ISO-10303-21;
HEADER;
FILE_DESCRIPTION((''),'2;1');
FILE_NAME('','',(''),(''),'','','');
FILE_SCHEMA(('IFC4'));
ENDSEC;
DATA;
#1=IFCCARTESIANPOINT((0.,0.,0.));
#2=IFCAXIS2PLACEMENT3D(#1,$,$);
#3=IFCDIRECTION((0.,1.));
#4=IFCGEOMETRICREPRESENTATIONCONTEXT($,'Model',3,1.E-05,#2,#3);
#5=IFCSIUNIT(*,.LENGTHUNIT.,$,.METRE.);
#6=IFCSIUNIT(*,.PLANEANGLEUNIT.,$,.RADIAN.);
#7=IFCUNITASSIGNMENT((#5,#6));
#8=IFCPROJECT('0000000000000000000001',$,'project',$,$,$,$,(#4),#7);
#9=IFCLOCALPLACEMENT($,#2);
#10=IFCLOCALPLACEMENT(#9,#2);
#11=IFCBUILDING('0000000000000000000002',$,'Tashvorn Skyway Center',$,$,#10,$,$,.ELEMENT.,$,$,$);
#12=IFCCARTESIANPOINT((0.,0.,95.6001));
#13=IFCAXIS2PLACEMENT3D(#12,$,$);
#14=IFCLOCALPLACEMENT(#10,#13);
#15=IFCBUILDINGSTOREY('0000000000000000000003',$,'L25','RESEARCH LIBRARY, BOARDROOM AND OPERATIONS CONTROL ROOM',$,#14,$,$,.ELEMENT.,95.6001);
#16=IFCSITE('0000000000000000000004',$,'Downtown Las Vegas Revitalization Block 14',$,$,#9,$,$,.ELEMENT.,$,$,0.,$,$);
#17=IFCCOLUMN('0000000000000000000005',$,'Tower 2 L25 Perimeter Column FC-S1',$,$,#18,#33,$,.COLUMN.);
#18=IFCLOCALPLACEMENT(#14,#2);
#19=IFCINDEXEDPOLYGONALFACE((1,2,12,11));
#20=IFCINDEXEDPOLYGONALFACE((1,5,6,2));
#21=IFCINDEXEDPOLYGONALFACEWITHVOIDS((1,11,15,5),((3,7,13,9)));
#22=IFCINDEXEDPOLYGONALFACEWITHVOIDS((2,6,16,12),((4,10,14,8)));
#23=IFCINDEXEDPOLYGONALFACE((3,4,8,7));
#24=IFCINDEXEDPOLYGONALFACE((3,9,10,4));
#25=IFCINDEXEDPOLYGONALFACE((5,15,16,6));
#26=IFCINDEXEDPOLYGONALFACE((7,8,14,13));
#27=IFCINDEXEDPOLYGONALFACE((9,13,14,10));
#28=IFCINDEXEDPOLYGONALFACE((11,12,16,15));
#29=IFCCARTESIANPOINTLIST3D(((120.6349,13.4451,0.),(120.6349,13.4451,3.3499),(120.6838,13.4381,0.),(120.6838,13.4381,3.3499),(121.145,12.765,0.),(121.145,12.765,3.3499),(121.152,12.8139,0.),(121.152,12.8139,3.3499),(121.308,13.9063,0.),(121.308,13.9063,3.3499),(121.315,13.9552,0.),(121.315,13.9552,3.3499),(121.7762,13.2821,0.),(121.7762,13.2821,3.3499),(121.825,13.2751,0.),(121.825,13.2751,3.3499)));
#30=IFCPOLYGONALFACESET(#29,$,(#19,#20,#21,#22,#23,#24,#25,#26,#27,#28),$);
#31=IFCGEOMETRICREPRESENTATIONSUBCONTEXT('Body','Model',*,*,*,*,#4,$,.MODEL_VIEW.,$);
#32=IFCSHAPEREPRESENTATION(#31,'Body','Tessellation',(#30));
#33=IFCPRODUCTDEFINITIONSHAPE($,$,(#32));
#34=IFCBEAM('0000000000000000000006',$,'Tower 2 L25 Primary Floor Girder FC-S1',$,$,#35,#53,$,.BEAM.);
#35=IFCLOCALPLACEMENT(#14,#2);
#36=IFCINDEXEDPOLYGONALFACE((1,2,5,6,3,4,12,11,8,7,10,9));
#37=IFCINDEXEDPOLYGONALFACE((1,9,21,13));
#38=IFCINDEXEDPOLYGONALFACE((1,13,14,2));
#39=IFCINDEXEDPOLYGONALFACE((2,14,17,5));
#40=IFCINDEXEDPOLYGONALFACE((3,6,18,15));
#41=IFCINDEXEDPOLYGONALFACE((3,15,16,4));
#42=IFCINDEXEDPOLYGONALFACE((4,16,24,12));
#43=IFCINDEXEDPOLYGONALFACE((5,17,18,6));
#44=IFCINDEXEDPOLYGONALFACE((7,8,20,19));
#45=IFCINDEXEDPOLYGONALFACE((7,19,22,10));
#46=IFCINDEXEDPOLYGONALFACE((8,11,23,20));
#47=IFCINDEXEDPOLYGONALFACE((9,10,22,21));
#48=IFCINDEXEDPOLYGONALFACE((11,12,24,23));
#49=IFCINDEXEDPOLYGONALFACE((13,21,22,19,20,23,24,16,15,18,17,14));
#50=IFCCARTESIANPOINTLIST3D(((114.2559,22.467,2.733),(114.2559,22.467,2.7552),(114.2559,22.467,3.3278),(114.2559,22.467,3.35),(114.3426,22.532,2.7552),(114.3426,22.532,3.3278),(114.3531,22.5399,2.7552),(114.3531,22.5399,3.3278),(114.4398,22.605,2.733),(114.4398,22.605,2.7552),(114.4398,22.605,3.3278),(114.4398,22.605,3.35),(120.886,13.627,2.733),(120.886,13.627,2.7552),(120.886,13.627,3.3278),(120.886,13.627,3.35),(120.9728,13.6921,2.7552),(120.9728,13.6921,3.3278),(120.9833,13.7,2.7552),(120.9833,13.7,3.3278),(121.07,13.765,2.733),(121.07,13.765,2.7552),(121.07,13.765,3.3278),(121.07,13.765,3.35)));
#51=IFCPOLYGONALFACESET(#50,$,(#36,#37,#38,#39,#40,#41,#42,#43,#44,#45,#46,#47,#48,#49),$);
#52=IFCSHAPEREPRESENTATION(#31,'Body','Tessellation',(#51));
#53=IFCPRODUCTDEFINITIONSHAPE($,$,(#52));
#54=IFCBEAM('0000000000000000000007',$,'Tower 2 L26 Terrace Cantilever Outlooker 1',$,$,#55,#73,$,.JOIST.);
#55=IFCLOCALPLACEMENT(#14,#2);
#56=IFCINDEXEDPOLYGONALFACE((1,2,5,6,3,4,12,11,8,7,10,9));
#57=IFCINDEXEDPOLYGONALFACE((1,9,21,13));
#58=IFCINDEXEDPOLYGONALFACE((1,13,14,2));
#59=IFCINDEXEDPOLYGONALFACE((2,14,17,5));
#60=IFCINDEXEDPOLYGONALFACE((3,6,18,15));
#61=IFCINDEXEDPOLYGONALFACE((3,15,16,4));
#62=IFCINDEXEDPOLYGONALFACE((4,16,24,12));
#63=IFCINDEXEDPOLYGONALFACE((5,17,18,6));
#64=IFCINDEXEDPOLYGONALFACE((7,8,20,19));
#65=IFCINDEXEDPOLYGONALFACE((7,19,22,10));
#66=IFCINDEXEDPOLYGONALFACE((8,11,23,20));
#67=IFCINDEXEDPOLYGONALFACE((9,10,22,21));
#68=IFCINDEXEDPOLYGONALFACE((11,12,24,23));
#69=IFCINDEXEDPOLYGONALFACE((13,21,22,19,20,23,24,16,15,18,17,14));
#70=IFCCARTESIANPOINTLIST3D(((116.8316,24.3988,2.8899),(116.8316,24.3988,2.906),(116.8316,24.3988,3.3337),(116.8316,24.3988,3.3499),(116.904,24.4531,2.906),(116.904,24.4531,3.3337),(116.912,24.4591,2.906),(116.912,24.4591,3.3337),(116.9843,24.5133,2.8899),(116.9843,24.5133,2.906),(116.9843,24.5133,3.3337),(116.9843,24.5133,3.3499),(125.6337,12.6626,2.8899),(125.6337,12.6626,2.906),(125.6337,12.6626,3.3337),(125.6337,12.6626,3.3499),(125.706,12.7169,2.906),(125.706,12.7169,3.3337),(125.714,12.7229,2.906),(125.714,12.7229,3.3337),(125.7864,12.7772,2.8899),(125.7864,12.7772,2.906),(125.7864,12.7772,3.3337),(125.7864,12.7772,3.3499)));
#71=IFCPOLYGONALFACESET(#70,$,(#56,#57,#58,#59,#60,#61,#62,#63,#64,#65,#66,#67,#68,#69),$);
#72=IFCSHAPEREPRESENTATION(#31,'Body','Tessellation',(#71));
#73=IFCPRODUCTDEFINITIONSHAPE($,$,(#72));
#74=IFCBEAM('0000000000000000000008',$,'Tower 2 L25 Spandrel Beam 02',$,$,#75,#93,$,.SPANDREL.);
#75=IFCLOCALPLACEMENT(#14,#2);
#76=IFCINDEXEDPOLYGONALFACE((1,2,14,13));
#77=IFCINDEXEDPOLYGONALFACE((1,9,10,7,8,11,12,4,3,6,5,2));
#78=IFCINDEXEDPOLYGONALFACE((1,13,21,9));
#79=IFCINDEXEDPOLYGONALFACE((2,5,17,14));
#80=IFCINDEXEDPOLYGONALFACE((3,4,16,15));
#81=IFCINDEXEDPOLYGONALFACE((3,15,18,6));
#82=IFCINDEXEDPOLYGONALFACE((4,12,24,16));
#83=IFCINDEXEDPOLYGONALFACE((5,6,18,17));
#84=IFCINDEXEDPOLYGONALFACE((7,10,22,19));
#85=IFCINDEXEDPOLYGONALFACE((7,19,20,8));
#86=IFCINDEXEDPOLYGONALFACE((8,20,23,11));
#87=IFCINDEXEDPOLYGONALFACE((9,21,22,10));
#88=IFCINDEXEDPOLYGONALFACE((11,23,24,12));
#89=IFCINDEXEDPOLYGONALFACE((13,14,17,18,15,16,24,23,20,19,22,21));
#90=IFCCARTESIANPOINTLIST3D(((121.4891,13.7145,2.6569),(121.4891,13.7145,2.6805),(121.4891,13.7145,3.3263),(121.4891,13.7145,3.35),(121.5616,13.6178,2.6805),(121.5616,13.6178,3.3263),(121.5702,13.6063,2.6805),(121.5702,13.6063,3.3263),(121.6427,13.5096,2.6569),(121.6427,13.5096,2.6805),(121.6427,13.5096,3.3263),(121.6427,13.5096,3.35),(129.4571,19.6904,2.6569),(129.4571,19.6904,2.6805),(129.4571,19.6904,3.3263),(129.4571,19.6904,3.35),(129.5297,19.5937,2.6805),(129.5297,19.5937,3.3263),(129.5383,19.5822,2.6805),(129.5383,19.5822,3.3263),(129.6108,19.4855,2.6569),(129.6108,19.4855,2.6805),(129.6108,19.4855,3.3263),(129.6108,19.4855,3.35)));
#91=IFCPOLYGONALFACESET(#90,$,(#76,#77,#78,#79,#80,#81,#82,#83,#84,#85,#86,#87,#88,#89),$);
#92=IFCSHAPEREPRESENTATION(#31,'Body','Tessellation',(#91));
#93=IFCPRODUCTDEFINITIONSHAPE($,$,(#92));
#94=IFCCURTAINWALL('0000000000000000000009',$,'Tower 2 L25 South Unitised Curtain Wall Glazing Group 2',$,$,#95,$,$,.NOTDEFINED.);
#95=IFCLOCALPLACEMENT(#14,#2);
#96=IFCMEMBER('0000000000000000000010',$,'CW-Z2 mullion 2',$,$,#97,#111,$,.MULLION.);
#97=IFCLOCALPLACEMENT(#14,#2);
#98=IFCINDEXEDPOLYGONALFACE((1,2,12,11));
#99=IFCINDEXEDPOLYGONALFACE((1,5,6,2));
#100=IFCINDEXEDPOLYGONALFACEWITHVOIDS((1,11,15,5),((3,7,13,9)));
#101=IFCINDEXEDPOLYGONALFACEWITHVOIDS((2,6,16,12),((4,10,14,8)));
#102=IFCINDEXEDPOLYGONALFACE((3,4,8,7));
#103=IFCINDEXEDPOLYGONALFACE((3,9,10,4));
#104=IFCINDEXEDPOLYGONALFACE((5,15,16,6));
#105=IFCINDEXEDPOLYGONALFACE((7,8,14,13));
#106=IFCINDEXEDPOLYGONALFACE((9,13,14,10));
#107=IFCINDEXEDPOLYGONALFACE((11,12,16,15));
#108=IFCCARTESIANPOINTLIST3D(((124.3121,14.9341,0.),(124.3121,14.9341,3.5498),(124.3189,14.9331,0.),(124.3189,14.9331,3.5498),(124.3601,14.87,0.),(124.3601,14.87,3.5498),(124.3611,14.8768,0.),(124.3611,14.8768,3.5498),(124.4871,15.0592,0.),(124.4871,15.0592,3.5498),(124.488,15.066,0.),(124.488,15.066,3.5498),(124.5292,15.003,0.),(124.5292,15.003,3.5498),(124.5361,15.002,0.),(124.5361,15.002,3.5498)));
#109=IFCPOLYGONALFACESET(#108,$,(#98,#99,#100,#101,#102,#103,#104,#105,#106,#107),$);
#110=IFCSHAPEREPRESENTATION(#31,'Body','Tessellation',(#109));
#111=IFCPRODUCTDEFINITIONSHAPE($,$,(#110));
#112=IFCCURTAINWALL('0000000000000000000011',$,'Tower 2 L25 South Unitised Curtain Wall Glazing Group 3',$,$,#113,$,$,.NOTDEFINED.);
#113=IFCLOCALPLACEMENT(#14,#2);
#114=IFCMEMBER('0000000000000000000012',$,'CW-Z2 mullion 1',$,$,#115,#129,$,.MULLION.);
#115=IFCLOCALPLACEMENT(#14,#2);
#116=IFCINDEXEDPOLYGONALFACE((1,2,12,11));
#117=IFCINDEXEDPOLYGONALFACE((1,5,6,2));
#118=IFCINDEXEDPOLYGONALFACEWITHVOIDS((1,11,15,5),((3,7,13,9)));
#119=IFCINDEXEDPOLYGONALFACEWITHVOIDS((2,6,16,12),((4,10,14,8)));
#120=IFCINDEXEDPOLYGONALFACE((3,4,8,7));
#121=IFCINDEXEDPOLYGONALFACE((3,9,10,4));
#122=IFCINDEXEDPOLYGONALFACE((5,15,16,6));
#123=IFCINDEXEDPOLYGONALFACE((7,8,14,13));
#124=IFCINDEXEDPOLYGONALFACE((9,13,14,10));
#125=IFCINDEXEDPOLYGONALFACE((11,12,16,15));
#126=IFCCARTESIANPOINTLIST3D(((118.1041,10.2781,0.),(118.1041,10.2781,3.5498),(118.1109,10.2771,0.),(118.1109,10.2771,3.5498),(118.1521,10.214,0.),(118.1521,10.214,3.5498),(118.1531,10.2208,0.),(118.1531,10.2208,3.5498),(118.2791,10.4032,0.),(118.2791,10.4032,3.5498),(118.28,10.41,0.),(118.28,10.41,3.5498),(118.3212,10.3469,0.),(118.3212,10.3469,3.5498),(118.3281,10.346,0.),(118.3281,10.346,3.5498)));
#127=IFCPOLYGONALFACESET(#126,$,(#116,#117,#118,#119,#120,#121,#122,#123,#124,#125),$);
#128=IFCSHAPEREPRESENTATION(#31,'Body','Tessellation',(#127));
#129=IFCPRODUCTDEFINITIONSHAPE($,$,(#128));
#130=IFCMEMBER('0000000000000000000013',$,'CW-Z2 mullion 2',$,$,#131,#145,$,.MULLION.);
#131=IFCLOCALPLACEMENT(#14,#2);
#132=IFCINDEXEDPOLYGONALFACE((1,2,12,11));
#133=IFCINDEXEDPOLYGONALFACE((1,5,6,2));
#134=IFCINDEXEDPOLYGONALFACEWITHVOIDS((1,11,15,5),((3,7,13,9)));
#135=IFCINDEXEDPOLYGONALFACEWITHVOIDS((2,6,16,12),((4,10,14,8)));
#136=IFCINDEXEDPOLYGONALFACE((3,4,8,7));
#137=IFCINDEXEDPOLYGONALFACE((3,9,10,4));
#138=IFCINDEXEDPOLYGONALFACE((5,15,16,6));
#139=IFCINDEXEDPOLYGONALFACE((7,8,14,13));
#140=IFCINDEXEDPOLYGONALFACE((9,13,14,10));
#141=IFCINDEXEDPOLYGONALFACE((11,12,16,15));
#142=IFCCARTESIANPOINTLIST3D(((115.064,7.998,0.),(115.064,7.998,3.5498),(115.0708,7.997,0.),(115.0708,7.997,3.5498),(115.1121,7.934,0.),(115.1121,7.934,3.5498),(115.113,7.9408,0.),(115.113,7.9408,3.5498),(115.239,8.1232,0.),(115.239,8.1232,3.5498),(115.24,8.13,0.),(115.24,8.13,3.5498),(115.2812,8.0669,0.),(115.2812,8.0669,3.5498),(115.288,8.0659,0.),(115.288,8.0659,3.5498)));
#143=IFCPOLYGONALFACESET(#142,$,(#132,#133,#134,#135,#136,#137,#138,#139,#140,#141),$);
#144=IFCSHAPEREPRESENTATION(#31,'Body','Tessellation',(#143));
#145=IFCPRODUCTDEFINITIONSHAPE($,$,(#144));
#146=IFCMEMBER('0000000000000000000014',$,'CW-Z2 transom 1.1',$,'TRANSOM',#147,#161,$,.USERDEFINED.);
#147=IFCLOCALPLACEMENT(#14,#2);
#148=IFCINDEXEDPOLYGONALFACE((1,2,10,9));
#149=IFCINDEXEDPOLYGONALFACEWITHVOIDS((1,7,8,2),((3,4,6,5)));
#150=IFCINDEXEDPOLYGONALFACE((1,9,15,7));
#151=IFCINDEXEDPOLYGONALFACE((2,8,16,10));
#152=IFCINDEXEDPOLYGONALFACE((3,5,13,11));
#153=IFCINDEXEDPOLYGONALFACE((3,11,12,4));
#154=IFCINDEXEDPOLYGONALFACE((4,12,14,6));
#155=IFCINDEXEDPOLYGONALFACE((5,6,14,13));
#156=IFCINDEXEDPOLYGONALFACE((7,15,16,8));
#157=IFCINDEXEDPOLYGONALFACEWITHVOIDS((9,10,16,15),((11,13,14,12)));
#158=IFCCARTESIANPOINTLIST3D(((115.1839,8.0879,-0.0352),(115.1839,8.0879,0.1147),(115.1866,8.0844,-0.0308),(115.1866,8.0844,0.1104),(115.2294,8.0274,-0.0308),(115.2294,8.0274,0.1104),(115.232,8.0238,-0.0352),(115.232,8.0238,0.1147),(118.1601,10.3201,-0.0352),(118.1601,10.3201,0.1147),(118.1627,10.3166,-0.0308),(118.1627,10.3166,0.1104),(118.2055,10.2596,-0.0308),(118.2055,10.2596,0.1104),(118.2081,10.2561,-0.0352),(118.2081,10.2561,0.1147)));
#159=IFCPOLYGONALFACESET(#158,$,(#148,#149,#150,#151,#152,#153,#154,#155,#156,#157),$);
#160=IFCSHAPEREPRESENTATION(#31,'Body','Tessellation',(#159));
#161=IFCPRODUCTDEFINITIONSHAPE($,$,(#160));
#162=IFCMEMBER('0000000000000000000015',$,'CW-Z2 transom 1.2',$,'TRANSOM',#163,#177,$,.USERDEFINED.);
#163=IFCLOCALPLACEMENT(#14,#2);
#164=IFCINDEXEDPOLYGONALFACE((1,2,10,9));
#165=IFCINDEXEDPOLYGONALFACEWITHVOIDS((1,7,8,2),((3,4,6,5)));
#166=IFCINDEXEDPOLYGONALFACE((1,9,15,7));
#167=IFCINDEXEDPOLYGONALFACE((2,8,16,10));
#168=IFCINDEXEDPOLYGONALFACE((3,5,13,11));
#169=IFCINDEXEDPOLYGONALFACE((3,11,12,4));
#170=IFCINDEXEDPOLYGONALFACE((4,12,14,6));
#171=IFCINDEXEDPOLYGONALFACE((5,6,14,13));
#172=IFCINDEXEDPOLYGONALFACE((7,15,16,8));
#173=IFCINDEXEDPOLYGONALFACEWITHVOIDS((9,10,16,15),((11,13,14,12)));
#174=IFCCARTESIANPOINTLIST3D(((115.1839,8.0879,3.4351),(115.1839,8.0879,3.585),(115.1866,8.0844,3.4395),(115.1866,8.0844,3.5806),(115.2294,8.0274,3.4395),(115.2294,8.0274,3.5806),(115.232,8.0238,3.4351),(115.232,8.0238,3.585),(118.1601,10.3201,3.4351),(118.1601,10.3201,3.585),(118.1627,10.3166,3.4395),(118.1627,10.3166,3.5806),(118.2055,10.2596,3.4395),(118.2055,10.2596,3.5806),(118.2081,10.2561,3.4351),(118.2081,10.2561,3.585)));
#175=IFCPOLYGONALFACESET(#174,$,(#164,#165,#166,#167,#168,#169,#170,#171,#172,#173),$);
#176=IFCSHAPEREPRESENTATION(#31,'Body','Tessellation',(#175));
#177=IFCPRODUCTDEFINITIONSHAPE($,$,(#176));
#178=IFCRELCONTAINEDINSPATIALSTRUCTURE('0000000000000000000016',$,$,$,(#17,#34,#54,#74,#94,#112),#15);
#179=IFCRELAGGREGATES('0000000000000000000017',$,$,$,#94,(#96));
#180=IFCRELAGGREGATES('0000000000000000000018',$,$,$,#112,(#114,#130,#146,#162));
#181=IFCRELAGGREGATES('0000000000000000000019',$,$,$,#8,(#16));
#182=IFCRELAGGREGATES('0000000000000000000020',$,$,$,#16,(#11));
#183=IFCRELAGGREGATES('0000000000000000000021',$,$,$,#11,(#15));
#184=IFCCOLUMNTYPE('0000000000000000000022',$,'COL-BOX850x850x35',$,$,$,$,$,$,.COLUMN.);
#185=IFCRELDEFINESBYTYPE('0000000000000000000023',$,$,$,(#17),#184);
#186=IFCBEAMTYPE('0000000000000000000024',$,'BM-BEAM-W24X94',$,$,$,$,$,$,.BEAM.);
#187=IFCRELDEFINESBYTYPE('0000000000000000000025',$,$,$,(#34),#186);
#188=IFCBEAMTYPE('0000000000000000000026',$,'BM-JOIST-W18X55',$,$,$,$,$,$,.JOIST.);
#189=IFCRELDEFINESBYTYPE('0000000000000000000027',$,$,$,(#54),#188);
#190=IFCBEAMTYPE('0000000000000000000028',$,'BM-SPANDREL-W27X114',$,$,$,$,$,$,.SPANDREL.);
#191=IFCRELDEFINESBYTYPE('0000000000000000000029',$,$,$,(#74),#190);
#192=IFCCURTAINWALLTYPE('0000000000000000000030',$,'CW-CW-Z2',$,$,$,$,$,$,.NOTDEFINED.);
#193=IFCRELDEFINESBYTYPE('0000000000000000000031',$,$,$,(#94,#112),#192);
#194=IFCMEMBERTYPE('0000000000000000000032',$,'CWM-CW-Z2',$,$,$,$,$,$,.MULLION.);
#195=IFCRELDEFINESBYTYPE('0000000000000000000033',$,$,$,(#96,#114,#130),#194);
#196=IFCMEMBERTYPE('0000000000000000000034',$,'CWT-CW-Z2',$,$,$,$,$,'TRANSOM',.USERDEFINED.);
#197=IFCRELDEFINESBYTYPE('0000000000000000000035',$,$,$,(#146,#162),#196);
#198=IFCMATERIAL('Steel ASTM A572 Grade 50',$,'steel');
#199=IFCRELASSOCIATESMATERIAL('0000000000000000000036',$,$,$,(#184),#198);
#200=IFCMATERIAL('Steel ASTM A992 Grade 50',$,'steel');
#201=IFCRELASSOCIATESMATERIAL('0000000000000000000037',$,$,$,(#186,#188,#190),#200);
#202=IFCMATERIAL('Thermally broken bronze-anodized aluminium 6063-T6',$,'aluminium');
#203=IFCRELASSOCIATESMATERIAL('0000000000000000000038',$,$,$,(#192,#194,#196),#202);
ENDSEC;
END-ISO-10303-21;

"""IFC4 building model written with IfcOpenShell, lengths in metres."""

from ifc_helpers import new_model, si_unit, direction, frame, origin, origin_2d, place, context, subcontext, project, spatial, hollow_rectangle, i_section, extrude, material, material_profile, profile_set, type_object, element, aggregate, save


model = new_model("IFC4")

# Units and contexts
model_context = context("Model", 3, precision=1e-05, world=origin(), true_north=direction((0.0, 1.0)))
body_context = subcontext(model_context, "Body", "Model", "MODEL_VIEW")
ifc_project = project(units=[si_unit("LENGTHUNIT", "METRE"), si_unit("PLANEANGLEUNIT", "RADIAN")], contexts=[model_context])

# Site, building, storey
site_placement = place(None, origin())
site = spatial("IfcSite", under=ifc_project, at=site_placement, Name="Downtown Las Vegas Revitalization Block 14", CompositionType="ELEMENT", RefElevation=0.0)
building_placement = place(site_placement, origin())
building = spatial("IfcBuilding", under=site, at=building_placement, Name="Tashvorn Skyway Center", CompositionType="ELEMENT")
storey_placement = place(building_placement, frame((0.0, 0.0, 95.6001)))
storey = spatial("IfcBuildingStorey", under=building, at=storey_placement, Name="L25", Description="RESEARCH LIBRARY, BOARDROOM AND OPERATIONS CONTROL ROOM", CompositionType="ELEMENT", Elevation=95.6001)

# Column
ifc_material_1 = material(Name="Steel ASTM A572 Grade 50", Category="steel")
ifc_material_profile_1 = material_profile(ifc_material_1, hollow_rectangle(XDim=0.8501, YDim=0.8501, WallThickness=0.0349, at=origin_2d()), Name="BOX850x850x35")
ifc_profile_set_1 = profile_set([ifc_material_profile_1], Name="Steel ASTM A572 Grade 50")
column_type = type_object("IfcColumnType", Name="COL-BOX850x850x35", PredefinedType="COLUMN", material=ifc_profile_set_1)
column_placement = place(storey_placement, frame((121.23, 13.3601, 0.0), z_axis=(0.0, 0.0, 1.0), x_axis=(0.8, 0.6, 0.0)))
element("IfcColumn", 1, at=column_placement, inside=storey, type_object=column_type, Name="Tower 2 L25 Perimeter Column FC-S1", PredefinedType="COLUMN", context=body_context, shape_type="SweptSolid", body=[
    extrude(hollow_rectangle(XDim=0.8501, YDim=0.8501, WallThickness=0.0349, at=origin_2d()), origin(), (0.0, 0.0, 1.0), 3.3499),
])

# Beams
ifc_material_2 = material(Name="Steel ASTM A992 Grade 50", Category="steel")
ifc_material_profile_2 = material_profile(ifc_material_2, i_section(OverallWidth=0.23, OverallDepth=0.6169, WebThickness=0.0132, FlangeThickness=0.0222, at=origin_2d()), Name="W24X94")
ifc_profile_set_2 = profile_set([ifc_material_profile_2], Name="Steel ASTM A992 Grade 50")
beam_type_1 = type_object("IfcBeamType", Name="BM-BEAM-W24X94", PredefinedType="BEAM", material=ifc_profile_set_2)
beam_1_placement = place(storey_placement, frame((120.978, 13.696, 3.0415), z_axis=(-0.600014, 0.799989, 0.0), x_axis=(-0.799989, -0.600014, 0.0)))
element("IfcBeam", 2, at=beam_1_placement, inside=storey, type_object=beam_type_1, Name="Tower 2 L25 Primary Floor Girder FC-S1", PredefinedType="BEAM", context=body_context, shape_type="SweptSolid", body=[
    extrude(i_section(OverallWidth=0.23, OverallDepth=0.6169, WebThickness=0.0132, FlangeThickness=0.0222, at=origin_2d()), origin(), (0.0, 0.0, 1.0), 11.05),
])
ifc_material_profile_3 = material_profile(ifc_material_2, i_section(OverallWidth=0.1909, OverallDepth=0.46, WebThickness=0.01, FlangeThickness=0.0161, at=origin_2d()), Name="W18X55")
ifc_profile_set_3 = profile_set([ifc_material_profile_3], Name="Steel ASTM A992 Grade 50")
beam_type_2 = type_object("IfcBeamType", Name="BM-JOIST-W18X55", PredefinedType="JOIST", material=ifc_profile_set_3)
beam_2_placement = place(storey_placement, frame((116.908, 24.4561, 3.1199), z_axis=(0.599997, -0.800002, 0.0), x_axis=(0.800002, 0.599997, 0.0)))
element("IfcBeam", 3, at=beam_2_placement, inside=storey, type_object=beam_type_2, Name="Tower 2 L26 Terrace Cantilever Outlooker 1", PredefinedType="JOIST", context=body_context, shape_type="SweptSolid", body=[
    extrude(i_section(OverallWidth=0.1909, OverallDepth=0.46, WebThickness=0.01, FlangeThickness=0.0161, at=origin_2d()), origin(), (0.0, 0.0, 1.0), 14.6702),
])
ifc_material_profile_4 = material_profile(ifc_material_2, i_section(OverallWidth=0.2561, OverallDepth=0.6931, WebThickness=0.0144, FlangeThickness=0.0237, at=origin_2d()), Name="W27X114")
ifc_profile_set_4 = profile_set([ifc_material_profile_4], Name="Steel ASTM A992 Grade 50")
beam_type_3 = type_object("IfcBeamType", Name="BM-SPANDREL-W27X114", PredefinedType="SPANDREL", material=ifc_profile_set_4)
beam_3_placement = place(storey_placement, frame((121.5659, 13.6121, 3.0034), z_axis=(0.800009, 0.599988, 0.0), x_axis=(-0.599988, 0.800009, 0.0)))
element("IfcBeam", 4, at=beam_3_placement, inside=storey, type_object=beam_type_3, Name="Tower 2 L25 Spandrel Beam 02", PredefinedType="SPANDREL", context=body_context, shape_type="SweptSolid", body=[
    extrude(i_section(OverallWidth=0.2561, OverallDepth=0.6931, WebThickness=0.0144, FlangeThickness=0.0237, at=origin_2d()), origin(), (0.0, 0.0, 1.0), 9.96),
])

# Curtain wall, member
ifc_material_3 = material(Name="Thermally broken bronze-anodized aluminium 6063-T6", Category="aluminium")
curtain_wall_type = type_object("IfcCurtainWallType", Name="CW-CW-Z2", PredefinedType="NOTDEFINED", material=ifc_material_3)
curtain_wall_1_placement = place(storey_placement, origin())
curtain_wall_1 = element("IfcCurtainWall", 5, at=curtain_wall_1_placement, inside=storey, type_object=curtain_wall_type, Name="Tower 2 L25 South Unitised Curtain Wall Glazing Group 2", PredefinedType="NOTDEFINED")
ifc_material_profile_5 = material_profile(ifc_material_3, hollow_rectangle(XDim=0.0801, YDim=0.22, WallThickness=0.0049, at=origin_2d()), Name="ALU-MULL-80x220")
ifc_profile_set_5 = profile_set([ifc_material_profile_5], Name="Thermally broken bronze-anodized aluminium 6063-T6")
member_type_1 = type_object("IfcMemberType", Name="CWM-CW-Z2", PredefinedType="MULLION", material=ifc_profile_set_5)
member_1_placement = place(storey_placement, frame((124.4241, 14.968, 0.0), z_axis=(0.0, 0.0, 1.0), x_axis=(0.6, -0.8, 0.0)))
member_1 = element("IfcMember", 6, at=member_1_placement, type_object=member_type_1, Name="CW-Z2 mullion 2", PredefinedType="MULLION", context=body_context, shape_type="SweptSolid", body=[
    extrude(hollow_rectangle(XDim=0.0801, YDim=0.22, WallThickness=0.0049, at=origin_2d()), origin(), (0.0, 0.0, 1.0), 3.5498),
])
aggregate(curtain_wall_1, [member_1])

# Curtain wall, members
curtain_wall_2_placement = place(storey_placement, origin())
curtain_wall_2 = element("IfcCurtainWall", 7, at=curtain_wall_2_placement, inside=storey, type_object=curtain_wall_type, Name="Tower 2 L25 South Unitised Curtain Wall Glazing Group 3", PredefinedType="NOTDEFINED")
member_2_placement = place(storey_placement, frame((118.2161, 10.312, 0.0), z_axis=(0.0, 0.0, 1.0), x_axis=(0.6, -0.8, 0.0)))
member_2 = element("IfcMember", 8, at=member_2_placement, type_object=member_type_1, Name="CW-Z2 mullion 1", PredefinedType="MULLION", context=body_context, shape_type="SweptSolid", body=[
    extrude(hollow_rectangle(XDim=0.0801, YDim=0.22, WallThickness=0.0049, at=origin_2d()), origin(), (0.0, 0.0, 1.0), 3.5498),
])
member_3_placement = place(storey_placement, frame((115.176, 8.032, 0.0), z_axis=(0.0, 0.0, 1.0), x_axis=(0.6, -0.8, 0.0)))
member_3 = element("IfcMember", 9, at=member_3_placement, type_object=member_type_1, Name="CW-Z2 mullion 2", PredefinedType="MULLION", context=body_context, shape_type="SweptSolid", body=[
    extrude(hollow_rectangle(XDim=0.0801, YDim=0.22, WallThickness=0.0049, at=origin_2d()), origin(), (0.0, 0.0, 1.0), 3.5498),
])
ifc_material_profile_6 = material_profile(ifc_material_3, hollow_rectangle(XDim=0.0801, YDim=0.1499, WallThickness=0.0044, at=origin_2d()), Name="ALU-TRAN-80x150")
ifc_profile_set_6 = profile_set([ifc_material_profile_6], Name="Thermally broken bronze-anodized aluminium 6063-T6")
member_type_2 = type_object("IfcMemberType", Name="CWT-CW-Z2", ElementType="TRANSOM", PredefinedType="USERDEFINED", material=ifc_profile_set_6)
member_4_placement = place(storey_placement, frame((118.1841, 10.2881, 0.0398), z_axis=(-0.799984, -0.600021, 0.0), x_axis=(0.600021, -0.799984, 0.0)))
member_4 = element("IfcMember", 10, at=member_4_placement, type_object=member_type_2, Name="CW-Z2 transom 1.1", ObjectType="TRANSOM", PredefinedType="USERDEFINED", context=body_context, shape_type="SweptSolid", body=[
    extrude(hollow_rectangle(XDim=0.0801, YDim=0.1499, WallThickness=0.0044, at=origin_2d()), origin(), (0.0, 0.0, 1.0), 3.7202),
])
member_5_placement = place(storey_placement, frame((118.1841, 10.2881, 3.51), z_axis=(-0.799984, -0.600021, 0.0), x_axis=(0.600021, -0.799984, 0.0)))
member_5 = element("IfcMember", 11, at=member_5_placement, type_object=member_type_2, Name="CW-Z2 transom 1.2", ObjectType="TRANSOM", PredefinedType="USERDEFINED", context=body_context, shape_type="SweptSolid", body=[
    extrude(hollow_rectangle(XDim=0.0801, YDim=0.1499, WallThickness=0.0044, at=origin_2d()), origin(), (0.0, 0.0, 1.0), 3.7202),
])
aggregate(curtain_wall_2, [member_2, member_3, member_4, member_5])

save(model, "model.ifc")
